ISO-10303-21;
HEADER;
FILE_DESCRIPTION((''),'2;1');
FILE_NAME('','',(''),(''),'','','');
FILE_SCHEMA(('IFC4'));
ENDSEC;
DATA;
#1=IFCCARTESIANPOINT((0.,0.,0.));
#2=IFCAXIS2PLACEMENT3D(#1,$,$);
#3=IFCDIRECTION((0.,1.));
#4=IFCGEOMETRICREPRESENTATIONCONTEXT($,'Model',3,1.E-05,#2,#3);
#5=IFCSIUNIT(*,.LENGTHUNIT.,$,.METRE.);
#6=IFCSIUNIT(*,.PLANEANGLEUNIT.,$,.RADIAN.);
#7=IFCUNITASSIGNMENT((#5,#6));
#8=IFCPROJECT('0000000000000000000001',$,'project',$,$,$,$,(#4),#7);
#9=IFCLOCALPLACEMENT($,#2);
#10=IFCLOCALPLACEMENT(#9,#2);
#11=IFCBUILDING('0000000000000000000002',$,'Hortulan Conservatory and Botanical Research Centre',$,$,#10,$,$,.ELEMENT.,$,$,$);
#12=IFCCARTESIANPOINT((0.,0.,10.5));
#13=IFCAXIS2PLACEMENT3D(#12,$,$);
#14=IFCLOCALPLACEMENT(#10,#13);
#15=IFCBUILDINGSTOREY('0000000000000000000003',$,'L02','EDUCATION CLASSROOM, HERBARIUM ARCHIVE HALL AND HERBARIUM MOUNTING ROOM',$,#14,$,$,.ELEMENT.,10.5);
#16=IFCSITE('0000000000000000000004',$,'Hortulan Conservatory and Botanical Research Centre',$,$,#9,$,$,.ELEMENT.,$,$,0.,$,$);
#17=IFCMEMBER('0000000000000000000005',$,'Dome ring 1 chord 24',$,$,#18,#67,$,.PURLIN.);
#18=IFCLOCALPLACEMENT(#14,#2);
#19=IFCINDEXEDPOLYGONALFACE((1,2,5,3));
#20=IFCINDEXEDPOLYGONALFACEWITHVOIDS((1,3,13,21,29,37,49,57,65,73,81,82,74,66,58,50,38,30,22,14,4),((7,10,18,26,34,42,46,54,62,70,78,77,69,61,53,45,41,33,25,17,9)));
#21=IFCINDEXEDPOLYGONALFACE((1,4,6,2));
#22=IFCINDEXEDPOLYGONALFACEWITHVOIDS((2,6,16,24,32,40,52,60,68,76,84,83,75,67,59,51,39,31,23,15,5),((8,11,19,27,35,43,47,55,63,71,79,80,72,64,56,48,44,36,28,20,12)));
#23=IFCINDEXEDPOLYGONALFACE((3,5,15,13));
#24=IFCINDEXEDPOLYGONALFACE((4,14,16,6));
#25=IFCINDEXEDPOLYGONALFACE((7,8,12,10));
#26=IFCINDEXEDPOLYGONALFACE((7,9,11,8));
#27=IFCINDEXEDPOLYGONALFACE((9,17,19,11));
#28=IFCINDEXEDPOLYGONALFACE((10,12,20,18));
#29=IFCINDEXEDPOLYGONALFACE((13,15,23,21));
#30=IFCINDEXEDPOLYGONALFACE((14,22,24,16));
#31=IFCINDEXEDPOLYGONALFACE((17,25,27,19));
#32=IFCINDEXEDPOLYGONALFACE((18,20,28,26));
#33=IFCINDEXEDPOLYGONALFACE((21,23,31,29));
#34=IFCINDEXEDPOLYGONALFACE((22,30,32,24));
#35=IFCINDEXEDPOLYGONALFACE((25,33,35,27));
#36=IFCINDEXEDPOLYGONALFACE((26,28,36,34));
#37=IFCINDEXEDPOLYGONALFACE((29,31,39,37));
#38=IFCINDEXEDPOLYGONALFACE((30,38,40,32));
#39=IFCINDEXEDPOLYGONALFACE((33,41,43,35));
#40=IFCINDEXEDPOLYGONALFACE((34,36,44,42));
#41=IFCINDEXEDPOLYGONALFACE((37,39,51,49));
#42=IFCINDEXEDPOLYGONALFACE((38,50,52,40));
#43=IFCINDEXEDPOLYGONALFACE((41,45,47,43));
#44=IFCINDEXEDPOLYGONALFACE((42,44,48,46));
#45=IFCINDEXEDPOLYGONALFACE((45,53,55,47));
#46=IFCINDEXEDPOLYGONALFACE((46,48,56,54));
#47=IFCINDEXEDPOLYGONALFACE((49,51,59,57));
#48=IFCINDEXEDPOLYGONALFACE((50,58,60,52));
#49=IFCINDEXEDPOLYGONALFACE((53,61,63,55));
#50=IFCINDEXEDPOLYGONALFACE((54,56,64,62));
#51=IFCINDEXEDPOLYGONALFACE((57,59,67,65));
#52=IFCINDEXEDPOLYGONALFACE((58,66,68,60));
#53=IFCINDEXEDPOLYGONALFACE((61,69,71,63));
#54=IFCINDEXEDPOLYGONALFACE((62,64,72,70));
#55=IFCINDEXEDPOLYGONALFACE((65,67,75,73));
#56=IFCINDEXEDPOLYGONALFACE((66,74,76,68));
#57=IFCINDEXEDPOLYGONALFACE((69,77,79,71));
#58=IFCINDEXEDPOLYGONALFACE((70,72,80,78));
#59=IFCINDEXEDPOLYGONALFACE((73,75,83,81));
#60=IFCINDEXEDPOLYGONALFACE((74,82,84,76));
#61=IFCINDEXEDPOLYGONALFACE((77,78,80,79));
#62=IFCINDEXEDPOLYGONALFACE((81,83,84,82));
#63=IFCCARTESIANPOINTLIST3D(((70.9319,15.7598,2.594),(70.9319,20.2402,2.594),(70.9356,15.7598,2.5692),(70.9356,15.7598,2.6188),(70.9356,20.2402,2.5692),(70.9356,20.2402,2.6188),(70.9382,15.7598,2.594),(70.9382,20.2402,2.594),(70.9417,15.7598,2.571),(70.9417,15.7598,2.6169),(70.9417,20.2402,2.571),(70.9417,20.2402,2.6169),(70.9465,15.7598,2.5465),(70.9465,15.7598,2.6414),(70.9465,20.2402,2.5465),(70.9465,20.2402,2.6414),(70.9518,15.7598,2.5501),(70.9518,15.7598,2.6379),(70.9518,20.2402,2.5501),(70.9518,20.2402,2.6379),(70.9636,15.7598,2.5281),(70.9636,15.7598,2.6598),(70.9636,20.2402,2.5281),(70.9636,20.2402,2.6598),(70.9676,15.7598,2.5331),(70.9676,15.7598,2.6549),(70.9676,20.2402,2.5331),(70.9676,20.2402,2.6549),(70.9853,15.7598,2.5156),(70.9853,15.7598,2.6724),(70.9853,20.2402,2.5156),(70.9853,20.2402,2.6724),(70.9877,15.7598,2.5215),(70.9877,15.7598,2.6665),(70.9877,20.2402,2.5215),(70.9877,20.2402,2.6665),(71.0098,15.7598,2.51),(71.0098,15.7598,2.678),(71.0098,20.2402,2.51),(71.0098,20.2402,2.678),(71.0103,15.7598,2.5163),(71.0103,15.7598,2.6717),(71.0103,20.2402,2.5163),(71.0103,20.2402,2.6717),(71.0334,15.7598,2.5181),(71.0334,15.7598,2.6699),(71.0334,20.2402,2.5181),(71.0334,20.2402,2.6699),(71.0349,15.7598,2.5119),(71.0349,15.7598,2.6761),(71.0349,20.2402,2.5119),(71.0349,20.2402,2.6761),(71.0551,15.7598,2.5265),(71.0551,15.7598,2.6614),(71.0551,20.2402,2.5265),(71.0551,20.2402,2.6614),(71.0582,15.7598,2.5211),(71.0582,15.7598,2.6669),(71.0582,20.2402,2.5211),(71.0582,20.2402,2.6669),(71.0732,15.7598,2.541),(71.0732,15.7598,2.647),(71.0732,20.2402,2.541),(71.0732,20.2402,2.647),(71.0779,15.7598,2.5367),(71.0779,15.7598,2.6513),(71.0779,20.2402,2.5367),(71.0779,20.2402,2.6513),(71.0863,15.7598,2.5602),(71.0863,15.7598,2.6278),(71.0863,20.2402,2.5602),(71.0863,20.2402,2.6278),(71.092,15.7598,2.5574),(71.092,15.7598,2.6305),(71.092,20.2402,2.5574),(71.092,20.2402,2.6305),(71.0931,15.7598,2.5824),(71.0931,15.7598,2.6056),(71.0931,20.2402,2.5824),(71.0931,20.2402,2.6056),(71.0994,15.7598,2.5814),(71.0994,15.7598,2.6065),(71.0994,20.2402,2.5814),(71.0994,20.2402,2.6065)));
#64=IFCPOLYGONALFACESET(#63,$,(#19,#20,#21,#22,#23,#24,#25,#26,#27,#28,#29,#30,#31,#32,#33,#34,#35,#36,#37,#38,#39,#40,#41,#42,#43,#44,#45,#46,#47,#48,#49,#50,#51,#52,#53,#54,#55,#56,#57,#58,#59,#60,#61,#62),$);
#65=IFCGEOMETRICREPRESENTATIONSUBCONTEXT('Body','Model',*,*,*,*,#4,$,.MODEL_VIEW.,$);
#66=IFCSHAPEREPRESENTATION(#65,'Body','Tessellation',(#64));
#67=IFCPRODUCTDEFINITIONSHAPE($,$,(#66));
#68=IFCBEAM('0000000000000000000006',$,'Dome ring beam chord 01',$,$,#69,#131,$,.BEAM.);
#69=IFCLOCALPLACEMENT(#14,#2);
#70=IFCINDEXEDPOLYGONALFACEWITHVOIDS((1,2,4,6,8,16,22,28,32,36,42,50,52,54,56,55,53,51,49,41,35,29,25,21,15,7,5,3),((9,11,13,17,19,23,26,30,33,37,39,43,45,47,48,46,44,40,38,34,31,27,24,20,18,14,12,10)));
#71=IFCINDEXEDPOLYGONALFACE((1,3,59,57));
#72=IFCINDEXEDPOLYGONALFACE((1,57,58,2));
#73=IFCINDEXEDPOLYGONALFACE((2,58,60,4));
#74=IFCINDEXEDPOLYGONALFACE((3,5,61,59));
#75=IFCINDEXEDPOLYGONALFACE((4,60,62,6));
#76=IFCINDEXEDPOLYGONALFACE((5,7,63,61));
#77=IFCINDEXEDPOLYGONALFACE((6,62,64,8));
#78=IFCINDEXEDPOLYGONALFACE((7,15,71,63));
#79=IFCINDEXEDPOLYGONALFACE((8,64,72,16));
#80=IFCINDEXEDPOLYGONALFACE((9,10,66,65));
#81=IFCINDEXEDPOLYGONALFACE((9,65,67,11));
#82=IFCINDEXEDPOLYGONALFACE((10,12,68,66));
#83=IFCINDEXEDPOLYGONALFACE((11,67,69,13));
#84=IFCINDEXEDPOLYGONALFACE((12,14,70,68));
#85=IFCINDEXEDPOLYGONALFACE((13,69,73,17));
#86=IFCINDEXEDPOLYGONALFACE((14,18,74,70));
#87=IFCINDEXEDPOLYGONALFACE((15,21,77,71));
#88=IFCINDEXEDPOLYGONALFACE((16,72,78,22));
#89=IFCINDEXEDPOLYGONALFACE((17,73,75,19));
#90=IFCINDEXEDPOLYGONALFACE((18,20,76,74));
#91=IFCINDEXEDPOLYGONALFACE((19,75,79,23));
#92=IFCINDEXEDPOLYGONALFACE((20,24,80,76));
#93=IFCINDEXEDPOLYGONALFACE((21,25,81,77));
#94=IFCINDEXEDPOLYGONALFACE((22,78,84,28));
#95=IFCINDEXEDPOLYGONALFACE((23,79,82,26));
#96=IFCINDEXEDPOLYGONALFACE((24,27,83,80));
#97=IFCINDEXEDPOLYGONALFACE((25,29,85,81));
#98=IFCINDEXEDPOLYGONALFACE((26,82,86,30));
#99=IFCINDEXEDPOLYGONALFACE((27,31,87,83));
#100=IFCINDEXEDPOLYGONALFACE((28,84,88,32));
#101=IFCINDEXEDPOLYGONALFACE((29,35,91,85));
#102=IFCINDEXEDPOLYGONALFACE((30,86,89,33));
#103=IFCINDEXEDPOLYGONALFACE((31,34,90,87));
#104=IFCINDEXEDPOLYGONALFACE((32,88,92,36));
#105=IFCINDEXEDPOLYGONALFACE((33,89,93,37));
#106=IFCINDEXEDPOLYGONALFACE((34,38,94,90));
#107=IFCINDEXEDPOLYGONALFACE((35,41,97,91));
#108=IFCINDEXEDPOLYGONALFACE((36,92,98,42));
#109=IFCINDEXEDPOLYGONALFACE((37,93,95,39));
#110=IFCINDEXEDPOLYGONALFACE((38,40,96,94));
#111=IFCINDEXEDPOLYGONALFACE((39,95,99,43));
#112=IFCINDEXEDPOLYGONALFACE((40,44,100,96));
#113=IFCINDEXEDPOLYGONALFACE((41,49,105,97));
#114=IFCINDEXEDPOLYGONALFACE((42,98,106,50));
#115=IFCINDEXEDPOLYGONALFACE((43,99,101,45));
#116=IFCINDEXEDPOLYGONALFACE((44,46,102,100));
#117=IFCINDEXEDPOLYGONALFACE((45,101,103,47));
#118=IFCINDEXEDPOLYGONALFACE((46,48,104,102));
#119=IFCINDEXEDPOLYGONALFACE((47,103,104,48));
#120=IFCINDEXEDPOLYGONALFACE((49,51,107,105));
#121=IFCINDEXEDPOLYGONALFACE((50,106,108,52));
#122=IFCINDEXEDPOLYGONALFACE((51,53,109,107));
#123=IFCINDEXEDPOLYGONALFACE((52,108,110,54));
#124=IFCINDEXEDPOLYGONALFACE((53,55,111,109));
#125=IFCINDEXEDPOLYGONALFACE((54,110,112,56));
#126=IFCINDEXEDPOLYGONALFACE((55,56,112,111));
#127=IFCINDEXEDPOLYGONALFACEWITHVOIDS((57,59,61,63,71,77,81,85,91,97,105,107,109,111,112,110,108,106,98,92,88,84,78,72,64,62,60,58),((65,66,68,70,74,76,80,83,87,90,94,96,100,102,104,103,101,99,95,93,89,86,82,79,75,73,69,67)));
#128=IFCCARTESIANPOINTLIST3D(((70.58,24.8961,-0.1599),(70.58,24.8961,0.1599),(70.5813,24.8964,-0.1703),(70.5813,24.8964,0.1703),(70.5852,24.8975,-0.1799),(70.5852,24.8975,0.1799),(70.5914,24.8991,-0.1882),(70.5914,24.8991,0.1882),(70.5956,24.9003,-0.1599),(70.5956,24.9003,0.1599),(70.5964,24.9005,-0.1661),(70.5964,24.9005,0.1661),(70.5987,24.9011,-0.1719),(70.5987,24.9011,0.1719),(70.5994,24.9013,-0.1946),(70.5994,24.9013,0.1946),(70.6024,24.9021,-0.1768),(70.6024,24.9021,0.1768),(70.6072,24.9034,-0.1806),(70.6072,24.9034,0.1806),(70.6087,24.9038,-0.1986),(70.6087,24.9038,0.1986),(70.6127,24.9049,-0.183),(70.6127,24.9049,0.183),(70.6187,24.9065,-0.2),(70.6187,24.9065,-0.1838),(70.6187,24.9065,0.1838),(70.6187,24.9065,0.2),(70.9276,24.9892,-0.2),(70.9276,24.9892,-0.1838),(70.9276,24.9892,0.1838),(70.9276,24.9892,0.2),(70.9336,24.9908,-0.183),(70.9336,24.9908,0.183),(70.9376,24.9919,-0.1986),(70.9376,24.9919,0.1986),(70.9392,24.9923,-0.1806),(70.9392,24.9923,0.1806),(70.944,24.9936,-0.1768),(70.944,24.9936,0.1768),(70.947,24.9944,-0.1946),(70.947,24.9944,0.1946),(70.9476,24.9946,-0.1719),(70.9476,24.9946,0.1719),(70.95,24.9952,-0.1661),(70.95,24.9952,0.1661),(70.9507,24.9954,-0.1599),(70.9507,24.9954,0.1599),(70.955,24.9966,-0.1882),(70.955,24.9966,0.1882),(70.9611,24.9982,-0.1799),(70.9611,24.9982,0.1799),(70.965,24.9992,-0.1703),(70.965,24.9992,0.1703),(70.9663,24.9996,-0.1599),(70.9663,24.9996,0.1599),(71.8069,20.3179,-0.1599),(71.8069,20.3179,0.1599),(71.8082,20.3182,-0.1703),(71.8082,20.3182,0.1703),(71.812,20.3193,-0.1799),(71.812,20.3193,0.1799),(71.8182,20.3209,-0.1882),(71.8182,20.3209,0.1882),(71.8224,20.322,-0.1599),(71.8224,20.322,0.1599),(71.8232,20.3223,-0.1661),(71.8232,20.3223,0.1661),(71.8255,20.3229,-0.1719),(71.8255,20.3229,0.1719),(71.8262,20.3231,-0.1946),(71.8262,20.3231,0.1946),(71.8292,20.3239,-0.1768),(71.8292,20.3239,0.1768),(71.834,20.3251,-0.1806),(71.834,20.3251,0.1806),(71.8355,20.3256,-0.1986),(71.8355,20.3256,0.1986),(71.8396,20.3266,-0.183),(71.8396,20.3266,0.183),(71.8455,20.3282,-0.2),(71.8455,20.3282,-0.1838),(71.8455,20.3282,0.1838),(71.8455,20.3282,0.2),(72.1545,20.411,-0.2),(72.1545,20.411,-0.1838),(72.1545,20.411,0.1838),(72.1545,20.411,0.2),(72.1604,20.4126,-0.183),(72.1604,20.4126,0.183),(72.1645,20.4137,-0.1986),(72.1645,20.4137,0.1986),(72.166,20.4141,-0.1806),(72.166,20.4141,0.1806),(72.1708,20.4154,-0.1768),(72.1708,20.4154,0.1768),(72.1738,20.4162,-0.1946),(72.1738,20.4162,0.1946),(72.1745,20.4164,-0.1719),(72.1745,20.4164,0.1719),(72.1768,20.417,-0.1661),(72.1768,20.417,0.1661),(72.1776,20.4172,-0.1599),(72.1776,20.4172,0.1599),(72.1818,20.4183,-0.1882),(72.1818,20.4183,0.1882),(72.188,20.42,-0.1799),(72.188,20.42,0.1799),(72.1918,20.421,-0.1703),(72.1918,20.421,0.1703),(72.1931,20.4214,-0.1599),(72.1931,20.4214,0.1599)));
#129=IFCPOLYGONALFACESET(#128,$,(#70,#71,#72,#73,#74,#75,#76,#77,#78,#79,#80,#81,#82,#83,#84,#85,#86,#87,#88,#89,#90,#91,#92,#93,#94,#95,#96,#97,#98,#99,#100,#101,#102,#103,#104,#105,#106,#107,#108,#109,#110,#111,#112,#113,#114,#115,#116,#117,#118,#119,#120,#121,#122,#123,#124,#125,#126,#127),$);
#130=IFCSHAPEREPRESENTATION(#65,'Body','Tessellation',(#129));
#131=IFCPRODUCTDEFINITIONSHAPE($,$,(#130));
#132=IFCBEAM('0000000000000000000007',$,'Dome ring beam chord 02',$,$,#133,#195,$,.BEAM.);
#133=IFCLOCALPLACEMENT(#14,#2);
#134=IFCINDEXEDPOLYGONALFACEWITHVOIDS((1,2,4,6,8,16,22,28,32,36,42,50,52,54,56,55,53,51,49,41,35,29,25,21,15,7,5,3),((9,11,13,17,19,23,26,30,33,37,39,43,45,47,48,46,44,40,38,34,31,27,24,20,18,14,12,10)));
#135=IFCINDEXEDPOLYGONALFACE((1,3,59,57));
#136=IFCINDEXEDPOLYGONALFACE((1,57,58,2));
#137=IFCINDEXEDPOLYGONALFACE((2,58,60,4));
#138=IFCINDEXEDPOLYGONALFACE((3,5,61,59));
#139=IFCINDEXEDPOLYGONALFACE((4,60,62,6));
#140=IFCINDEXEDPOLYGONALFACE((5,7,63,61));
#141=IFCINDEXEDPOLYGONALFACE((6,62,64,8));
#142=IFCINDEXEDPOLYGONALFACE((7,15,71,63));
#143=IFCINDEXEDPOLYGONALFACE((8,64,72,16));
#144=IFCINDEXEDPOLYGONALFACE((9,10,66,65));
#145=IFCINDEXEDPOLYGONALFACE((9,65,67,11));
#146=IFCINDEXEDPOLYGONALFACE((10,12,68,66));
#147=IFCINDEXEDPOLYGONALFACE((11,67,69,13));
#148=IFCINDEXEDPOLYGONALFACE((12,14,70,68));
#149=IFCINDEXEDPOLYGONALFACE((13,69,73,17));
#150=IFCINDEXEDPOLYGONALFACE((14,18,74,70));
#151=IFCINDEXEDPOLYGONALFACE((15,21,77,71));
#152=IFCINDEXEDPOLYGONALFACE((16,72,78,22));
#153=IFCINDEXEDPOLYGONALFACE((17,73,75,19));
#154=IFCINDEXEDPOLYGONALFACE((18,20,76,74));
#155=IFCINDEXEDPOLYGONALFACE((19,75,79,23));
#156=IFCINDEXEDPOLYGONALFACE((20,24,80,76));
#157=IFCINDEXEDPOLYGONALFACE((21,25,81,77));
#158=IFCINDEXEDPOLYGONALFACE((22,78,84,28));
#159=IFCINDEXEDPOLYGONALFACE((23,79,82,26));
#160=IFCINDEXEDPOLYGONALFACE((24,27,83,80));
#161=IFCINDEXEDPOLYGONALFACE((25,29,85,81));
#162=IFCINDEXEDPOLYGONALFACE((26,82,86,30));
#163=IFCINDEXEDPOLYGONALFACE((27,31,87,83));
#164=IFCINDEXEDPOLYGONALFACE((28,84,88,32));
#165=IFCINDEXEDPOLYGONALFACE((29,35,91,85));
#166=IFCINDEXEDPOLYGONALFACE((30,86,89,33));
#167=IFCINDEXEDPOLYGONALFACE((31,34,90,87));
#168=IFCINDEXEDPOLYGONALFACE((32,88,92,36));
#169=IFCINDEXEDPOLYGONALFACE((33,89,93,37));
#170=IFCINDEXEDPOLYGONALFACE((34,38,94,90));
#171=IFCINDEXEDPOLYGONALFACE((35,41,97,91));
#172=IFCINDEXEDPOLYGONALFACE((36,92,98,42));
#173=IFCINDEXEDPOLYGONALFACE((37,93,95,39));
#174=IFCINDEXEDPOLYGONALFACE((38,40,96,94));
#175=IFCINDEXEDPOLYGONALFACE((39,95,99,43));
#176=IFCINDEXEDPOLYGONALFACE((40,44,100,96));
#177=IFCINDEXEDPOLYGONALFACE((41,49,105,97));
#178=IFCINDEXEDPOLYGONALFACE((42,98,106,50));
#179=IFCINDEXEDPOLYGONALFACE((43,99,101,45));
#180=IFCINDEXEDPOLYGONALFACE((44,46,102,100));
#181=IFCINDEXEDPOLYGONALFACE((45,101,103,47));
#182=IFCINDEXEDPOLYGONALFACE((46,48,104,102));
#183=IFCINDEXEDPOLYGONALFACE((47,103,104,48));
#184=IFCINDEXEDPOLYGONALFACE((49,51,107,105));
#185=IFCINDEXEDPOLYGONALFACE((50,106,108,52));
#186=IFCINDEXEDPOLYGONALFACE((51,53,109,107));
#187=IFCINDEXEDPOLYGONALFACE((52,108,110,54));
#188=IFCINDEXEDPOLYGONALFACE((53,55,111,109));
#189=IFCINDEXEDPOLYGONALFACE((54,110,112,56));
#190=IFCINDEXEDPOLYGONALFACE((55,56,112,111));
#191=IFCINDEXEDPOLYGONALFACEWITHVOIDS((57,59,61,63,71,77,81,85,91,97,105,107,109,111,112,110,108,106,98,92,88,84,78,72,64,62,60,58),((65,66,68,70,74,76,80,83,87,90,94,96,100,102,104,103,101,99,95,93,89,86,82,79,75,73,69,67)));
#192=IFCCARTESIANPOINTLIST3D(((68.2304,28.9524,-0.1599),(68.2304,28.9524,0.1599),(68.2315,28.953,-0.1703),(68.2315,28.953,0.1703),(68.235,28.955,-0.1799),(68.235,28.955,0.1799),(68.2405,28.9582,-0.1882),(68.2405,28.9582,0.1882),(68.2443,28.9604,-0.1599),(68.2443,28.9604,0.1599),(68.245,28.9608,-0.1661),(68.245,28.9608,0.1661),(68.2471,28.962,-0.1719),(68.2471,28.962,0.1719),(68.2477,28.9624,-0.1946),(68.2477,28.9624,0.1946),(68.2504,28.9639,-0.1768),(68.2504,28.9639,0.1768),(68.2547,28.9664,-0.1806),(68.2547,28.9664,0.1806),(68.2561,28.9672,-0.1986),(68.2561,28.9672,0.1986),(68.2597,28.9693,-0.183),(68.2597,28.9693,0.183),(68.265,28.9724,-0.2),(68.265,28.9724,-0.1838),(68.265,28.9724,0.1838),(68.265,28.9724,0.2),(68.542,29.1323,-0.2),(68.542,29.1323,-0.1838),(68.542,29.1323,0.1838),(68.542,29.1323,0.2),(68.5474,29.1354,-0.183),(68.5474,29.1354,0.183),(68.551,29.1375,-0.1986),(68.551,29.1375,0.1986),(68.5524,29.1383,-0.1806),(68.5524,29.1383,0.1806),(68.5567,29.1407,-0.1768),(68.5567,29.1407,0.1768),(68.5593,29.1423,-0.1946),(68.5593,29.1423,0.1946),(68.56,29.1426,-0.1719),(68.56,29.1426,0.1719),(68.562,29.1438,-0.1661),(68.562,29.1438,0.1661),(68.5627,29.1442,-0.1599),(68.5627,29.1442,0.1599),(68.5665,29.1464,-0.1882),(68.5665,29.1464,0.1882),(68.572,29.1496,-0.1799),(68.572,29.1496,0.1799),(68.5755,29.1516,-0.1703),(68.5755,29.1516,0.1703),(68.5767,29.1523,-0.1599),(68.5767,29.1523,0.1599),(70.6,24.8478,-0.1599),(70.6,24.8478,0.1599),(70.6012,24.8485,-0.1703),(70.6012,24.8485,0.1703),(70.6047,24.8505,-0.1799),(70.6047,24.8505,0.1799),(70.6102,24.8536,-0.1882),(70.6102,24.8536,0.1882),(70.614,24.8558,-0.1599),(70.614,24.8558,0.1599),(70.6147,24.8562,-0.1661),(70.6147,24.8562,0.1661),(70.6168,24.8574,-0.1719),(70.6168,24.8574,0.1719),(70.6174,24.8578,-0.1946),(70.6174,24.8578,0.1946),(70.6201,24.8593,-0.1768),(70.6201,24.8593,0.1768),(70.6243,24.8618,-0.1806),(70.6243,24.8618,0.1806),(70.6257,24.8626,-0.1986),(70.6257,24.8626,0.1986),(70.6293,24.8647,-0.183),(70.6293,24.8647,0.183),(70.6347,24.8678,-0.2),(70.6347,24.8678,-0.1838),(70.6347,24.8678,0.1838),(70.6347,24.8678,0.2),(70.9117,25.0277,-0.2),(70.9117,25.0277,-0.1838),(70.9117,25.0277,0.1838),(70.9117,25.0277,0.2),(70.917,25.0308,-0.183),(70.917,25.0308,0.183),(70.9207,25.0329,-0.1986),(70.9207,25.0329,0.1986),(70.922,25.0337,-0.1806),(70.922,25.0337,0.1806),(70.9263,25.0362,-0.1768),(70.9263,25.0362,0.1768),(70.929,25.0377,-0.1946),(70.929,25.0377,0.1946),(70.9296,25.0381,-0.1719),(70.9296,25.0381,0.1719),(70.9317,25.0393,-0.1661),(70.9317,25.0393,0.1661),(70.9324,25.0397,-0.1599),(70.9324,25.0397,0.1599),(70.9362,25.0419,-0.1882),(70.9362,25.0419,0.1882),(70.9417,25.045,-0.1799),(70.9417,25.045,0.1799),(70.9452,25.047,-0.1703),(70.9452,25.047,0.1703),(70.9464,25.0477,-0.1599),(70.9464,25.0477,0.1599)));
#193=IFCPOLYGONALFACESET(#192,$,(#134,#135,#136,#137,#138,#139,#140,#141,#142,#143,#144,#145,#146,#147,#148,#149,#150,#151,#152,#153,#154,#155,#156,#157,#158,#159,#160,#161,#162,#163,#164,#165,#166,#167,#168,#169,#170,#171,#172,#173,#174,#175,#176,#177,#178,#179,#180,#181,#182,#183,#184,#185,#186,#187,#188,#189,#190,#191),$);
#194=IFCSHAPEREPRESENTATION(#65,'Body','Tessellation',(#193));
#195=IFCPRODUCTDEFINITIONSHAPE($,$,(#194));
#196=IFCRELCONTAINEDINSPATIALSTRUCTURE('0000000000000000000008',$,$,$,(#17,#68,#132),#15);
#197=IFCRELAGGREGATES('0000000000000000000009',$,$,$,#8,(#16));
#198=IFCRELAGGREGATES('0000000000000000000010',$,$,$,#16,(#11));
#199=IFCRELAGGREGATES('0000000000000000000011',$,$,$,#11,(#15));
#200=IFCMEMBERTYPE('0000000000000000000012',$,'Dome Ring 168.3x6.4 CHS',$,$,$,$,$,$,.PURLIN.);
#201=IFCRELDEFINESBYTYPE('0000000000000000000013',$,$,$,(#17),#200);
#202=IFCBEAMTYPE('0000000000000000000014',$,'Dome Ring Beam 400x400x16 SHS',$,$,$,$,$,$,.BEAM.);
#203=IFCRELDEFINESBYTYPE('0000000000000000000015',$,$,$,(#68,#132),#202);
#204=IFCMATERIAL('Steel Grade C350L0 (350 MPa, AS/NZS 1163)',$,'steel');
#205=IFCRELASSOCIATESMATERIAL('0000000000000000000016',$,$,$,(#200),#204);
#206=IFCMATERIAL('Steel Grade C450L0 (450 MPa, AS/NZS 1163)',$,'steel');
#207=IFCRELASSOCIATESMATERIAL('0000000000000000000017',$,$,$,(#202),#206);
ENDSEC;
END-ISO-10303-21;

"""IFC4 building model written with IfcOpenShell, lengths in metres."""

from ifc_helpers import new_model, si_unit, direction, frame, origin, origin_2d, place, context, subcontext, project, spatial, hollow_rectangle, hollow_circle, extrude, material, material_profile, profile_set, type_object, element, save


model = new_model("IFC4")

# Units and contexts
model_context = context("Model", 3, precision=1e-05, world=origin(), true_north=direction((0.0, 1.0)))
body_context = subcontext(model_context, "Body", "Model", "MODEL_VIEW")
ifc_project = project(units=[si_unit("LENGTHUNIT", "METRE"), si_unit("PLANEANGLEUNIT", "RADIAN")], contexts=[model_context])

# Site, building, storey
site_placement = place(None, origin())
site = spatial("IfcSite", under=ifc_project, at=site_placement, Name="Hortulan Conservatory and Botanical Research Centre", CompositionType="ELEMENT", RefElevation=0.0)
building_placement = place(site_placement, origin())
building = spatial("IfcBuilding", under=site, at=building_placement, Name="Hortulan Conservatory and Botanical Research Centre", CompositionType="ELEMENT")
storey_placement = place(building_placement, frame((0.0, 0.0, 10.5)))
storey = spatial("IfcBuildingStorey", under=building, at=storey_placement, Name="L02", Description="EDUCATION CLASSROOM, HERBARIUM ARCHIVE HALL AND HERBARIUM MOUNTING ROOM", CompositionType="ELEMENT", Elevation=10.5)

# Shared definitions
ifc_material_1 = material(Name="Steel Grade C350L0 (350 MPa, AS/NZS 1163)", Category="steel")

# Member
ifc_material_profile_1 = material_profile(ifc_material_1, hollow_circle(Radius=0.0842, WallThickness=0.0063, at=origin_2d()), Name="168.3x6.4CHS")
ifc_profile_set_1 = profile_set([ifc_material_profile_1], Name="Steel Grade C350L0 (350 MPa, AS/NZS 1163)")
member_type_1 = type_object("IfcMemberType", Name="Dome Ring 168.3x6.4 CHS", PredefinedType="PURLIN", material=ifc_profile_set_1)
for number, where, z_axis, x_axis, name in (
    (1, (71.0161, 15.7598, 2.594), (0.0, 1.0, 0.0), (-1.0, 0.0, 0.0), "Dome ring 1 chord 24"),
):
    element("IfcMember", number, at=place(storey_placement, frame(where, z_axis=z_axis, x_axis=x_axis)), inside=storey, type_object=member_type_1, Name=name, PredefinedType="PURLIN", context=body_context, shape_type="SweptSolid", body=[
        extrude(hollow_circle(Radius=0.0842, WallThickness=0.0063, at=origin_2d()), origin(), (0.0, 0.0, 1.0), 4.4805),
    ])

# Beams
ifc_material_2 = material(Name="Steel Grade C450L0 (450 MPa, AS/NZS 1163)", Category="steel")
ifc_material_profile_2 = material_profile(ifc_material_2, hollow_rectangle(XDim=0.3999, YDim=0.3999, WallThickness=0.0161, InnerFilletRadius=0.0239, OuterFilletRadius=0.04, at=origin_2d()), Name="400x400x16SHS")
ifc_profile_set_2 = profile_set([ifc_material_profile_2], Name="Steel Grade C450L0 (450 MPa, AS/NZS 1163)")
beam_type_1 = type_object("IfcBeamType", Name="Dome Ring Beam 400x400x16 SHS", PredefinedType="BEAM", material=ifc_profile_set_2)
beam_1_placement = place(storey_placement, frame((72.0, 20.3696, 0.0), z_axis=(-0.258839, 0.96592, 0.0), x_axis=(-0.96592, -0.258839, 0.0)))
element("IfcBeam", 2, at=beam_1_placement, inside=storey, type_object=beam_type_1, Name="Dome ring beam chord 01", PredefinedType="BEAM", context=body_context, shape_type="SweptSolid", body=[
    extrude(hollow_rectangle(XDim=0.3999, YDim=0.3999, WallThickness=0.0161, InnerFilletRadius=0.0239, OuterFilletRadius=0.04, at=origin_2d()), origin(), (0.0, 0.0, 1.0), 4.7397),
])
beam_2_placement = place(storey_placement, frame((70.7732, 24.9478, 0.0), z_axis=(-0.499984, 0.866035, 0.0), x_axis=(-0.866035, -0.499984, 0.0)))
element("IfcBeam", 3, at=beam_2_placement, inside=storey, type_object=beam_type_1, Name="Dome ring beam chord 02", PredefinedType="BEAM", context=body_context, shape_type="SweptSolid", body=[
    extrude(hollow_rectangle(XDim=0.3999, YDim=0.3999, WallThickness=0.0161, InnerFilletRadius=0.0239, OuterFilletRadius=0.04, at=origin_2d()), origin(), (0.0, 0.0, 1.0), 4.7395),
])

save(model, "model.ifc")
